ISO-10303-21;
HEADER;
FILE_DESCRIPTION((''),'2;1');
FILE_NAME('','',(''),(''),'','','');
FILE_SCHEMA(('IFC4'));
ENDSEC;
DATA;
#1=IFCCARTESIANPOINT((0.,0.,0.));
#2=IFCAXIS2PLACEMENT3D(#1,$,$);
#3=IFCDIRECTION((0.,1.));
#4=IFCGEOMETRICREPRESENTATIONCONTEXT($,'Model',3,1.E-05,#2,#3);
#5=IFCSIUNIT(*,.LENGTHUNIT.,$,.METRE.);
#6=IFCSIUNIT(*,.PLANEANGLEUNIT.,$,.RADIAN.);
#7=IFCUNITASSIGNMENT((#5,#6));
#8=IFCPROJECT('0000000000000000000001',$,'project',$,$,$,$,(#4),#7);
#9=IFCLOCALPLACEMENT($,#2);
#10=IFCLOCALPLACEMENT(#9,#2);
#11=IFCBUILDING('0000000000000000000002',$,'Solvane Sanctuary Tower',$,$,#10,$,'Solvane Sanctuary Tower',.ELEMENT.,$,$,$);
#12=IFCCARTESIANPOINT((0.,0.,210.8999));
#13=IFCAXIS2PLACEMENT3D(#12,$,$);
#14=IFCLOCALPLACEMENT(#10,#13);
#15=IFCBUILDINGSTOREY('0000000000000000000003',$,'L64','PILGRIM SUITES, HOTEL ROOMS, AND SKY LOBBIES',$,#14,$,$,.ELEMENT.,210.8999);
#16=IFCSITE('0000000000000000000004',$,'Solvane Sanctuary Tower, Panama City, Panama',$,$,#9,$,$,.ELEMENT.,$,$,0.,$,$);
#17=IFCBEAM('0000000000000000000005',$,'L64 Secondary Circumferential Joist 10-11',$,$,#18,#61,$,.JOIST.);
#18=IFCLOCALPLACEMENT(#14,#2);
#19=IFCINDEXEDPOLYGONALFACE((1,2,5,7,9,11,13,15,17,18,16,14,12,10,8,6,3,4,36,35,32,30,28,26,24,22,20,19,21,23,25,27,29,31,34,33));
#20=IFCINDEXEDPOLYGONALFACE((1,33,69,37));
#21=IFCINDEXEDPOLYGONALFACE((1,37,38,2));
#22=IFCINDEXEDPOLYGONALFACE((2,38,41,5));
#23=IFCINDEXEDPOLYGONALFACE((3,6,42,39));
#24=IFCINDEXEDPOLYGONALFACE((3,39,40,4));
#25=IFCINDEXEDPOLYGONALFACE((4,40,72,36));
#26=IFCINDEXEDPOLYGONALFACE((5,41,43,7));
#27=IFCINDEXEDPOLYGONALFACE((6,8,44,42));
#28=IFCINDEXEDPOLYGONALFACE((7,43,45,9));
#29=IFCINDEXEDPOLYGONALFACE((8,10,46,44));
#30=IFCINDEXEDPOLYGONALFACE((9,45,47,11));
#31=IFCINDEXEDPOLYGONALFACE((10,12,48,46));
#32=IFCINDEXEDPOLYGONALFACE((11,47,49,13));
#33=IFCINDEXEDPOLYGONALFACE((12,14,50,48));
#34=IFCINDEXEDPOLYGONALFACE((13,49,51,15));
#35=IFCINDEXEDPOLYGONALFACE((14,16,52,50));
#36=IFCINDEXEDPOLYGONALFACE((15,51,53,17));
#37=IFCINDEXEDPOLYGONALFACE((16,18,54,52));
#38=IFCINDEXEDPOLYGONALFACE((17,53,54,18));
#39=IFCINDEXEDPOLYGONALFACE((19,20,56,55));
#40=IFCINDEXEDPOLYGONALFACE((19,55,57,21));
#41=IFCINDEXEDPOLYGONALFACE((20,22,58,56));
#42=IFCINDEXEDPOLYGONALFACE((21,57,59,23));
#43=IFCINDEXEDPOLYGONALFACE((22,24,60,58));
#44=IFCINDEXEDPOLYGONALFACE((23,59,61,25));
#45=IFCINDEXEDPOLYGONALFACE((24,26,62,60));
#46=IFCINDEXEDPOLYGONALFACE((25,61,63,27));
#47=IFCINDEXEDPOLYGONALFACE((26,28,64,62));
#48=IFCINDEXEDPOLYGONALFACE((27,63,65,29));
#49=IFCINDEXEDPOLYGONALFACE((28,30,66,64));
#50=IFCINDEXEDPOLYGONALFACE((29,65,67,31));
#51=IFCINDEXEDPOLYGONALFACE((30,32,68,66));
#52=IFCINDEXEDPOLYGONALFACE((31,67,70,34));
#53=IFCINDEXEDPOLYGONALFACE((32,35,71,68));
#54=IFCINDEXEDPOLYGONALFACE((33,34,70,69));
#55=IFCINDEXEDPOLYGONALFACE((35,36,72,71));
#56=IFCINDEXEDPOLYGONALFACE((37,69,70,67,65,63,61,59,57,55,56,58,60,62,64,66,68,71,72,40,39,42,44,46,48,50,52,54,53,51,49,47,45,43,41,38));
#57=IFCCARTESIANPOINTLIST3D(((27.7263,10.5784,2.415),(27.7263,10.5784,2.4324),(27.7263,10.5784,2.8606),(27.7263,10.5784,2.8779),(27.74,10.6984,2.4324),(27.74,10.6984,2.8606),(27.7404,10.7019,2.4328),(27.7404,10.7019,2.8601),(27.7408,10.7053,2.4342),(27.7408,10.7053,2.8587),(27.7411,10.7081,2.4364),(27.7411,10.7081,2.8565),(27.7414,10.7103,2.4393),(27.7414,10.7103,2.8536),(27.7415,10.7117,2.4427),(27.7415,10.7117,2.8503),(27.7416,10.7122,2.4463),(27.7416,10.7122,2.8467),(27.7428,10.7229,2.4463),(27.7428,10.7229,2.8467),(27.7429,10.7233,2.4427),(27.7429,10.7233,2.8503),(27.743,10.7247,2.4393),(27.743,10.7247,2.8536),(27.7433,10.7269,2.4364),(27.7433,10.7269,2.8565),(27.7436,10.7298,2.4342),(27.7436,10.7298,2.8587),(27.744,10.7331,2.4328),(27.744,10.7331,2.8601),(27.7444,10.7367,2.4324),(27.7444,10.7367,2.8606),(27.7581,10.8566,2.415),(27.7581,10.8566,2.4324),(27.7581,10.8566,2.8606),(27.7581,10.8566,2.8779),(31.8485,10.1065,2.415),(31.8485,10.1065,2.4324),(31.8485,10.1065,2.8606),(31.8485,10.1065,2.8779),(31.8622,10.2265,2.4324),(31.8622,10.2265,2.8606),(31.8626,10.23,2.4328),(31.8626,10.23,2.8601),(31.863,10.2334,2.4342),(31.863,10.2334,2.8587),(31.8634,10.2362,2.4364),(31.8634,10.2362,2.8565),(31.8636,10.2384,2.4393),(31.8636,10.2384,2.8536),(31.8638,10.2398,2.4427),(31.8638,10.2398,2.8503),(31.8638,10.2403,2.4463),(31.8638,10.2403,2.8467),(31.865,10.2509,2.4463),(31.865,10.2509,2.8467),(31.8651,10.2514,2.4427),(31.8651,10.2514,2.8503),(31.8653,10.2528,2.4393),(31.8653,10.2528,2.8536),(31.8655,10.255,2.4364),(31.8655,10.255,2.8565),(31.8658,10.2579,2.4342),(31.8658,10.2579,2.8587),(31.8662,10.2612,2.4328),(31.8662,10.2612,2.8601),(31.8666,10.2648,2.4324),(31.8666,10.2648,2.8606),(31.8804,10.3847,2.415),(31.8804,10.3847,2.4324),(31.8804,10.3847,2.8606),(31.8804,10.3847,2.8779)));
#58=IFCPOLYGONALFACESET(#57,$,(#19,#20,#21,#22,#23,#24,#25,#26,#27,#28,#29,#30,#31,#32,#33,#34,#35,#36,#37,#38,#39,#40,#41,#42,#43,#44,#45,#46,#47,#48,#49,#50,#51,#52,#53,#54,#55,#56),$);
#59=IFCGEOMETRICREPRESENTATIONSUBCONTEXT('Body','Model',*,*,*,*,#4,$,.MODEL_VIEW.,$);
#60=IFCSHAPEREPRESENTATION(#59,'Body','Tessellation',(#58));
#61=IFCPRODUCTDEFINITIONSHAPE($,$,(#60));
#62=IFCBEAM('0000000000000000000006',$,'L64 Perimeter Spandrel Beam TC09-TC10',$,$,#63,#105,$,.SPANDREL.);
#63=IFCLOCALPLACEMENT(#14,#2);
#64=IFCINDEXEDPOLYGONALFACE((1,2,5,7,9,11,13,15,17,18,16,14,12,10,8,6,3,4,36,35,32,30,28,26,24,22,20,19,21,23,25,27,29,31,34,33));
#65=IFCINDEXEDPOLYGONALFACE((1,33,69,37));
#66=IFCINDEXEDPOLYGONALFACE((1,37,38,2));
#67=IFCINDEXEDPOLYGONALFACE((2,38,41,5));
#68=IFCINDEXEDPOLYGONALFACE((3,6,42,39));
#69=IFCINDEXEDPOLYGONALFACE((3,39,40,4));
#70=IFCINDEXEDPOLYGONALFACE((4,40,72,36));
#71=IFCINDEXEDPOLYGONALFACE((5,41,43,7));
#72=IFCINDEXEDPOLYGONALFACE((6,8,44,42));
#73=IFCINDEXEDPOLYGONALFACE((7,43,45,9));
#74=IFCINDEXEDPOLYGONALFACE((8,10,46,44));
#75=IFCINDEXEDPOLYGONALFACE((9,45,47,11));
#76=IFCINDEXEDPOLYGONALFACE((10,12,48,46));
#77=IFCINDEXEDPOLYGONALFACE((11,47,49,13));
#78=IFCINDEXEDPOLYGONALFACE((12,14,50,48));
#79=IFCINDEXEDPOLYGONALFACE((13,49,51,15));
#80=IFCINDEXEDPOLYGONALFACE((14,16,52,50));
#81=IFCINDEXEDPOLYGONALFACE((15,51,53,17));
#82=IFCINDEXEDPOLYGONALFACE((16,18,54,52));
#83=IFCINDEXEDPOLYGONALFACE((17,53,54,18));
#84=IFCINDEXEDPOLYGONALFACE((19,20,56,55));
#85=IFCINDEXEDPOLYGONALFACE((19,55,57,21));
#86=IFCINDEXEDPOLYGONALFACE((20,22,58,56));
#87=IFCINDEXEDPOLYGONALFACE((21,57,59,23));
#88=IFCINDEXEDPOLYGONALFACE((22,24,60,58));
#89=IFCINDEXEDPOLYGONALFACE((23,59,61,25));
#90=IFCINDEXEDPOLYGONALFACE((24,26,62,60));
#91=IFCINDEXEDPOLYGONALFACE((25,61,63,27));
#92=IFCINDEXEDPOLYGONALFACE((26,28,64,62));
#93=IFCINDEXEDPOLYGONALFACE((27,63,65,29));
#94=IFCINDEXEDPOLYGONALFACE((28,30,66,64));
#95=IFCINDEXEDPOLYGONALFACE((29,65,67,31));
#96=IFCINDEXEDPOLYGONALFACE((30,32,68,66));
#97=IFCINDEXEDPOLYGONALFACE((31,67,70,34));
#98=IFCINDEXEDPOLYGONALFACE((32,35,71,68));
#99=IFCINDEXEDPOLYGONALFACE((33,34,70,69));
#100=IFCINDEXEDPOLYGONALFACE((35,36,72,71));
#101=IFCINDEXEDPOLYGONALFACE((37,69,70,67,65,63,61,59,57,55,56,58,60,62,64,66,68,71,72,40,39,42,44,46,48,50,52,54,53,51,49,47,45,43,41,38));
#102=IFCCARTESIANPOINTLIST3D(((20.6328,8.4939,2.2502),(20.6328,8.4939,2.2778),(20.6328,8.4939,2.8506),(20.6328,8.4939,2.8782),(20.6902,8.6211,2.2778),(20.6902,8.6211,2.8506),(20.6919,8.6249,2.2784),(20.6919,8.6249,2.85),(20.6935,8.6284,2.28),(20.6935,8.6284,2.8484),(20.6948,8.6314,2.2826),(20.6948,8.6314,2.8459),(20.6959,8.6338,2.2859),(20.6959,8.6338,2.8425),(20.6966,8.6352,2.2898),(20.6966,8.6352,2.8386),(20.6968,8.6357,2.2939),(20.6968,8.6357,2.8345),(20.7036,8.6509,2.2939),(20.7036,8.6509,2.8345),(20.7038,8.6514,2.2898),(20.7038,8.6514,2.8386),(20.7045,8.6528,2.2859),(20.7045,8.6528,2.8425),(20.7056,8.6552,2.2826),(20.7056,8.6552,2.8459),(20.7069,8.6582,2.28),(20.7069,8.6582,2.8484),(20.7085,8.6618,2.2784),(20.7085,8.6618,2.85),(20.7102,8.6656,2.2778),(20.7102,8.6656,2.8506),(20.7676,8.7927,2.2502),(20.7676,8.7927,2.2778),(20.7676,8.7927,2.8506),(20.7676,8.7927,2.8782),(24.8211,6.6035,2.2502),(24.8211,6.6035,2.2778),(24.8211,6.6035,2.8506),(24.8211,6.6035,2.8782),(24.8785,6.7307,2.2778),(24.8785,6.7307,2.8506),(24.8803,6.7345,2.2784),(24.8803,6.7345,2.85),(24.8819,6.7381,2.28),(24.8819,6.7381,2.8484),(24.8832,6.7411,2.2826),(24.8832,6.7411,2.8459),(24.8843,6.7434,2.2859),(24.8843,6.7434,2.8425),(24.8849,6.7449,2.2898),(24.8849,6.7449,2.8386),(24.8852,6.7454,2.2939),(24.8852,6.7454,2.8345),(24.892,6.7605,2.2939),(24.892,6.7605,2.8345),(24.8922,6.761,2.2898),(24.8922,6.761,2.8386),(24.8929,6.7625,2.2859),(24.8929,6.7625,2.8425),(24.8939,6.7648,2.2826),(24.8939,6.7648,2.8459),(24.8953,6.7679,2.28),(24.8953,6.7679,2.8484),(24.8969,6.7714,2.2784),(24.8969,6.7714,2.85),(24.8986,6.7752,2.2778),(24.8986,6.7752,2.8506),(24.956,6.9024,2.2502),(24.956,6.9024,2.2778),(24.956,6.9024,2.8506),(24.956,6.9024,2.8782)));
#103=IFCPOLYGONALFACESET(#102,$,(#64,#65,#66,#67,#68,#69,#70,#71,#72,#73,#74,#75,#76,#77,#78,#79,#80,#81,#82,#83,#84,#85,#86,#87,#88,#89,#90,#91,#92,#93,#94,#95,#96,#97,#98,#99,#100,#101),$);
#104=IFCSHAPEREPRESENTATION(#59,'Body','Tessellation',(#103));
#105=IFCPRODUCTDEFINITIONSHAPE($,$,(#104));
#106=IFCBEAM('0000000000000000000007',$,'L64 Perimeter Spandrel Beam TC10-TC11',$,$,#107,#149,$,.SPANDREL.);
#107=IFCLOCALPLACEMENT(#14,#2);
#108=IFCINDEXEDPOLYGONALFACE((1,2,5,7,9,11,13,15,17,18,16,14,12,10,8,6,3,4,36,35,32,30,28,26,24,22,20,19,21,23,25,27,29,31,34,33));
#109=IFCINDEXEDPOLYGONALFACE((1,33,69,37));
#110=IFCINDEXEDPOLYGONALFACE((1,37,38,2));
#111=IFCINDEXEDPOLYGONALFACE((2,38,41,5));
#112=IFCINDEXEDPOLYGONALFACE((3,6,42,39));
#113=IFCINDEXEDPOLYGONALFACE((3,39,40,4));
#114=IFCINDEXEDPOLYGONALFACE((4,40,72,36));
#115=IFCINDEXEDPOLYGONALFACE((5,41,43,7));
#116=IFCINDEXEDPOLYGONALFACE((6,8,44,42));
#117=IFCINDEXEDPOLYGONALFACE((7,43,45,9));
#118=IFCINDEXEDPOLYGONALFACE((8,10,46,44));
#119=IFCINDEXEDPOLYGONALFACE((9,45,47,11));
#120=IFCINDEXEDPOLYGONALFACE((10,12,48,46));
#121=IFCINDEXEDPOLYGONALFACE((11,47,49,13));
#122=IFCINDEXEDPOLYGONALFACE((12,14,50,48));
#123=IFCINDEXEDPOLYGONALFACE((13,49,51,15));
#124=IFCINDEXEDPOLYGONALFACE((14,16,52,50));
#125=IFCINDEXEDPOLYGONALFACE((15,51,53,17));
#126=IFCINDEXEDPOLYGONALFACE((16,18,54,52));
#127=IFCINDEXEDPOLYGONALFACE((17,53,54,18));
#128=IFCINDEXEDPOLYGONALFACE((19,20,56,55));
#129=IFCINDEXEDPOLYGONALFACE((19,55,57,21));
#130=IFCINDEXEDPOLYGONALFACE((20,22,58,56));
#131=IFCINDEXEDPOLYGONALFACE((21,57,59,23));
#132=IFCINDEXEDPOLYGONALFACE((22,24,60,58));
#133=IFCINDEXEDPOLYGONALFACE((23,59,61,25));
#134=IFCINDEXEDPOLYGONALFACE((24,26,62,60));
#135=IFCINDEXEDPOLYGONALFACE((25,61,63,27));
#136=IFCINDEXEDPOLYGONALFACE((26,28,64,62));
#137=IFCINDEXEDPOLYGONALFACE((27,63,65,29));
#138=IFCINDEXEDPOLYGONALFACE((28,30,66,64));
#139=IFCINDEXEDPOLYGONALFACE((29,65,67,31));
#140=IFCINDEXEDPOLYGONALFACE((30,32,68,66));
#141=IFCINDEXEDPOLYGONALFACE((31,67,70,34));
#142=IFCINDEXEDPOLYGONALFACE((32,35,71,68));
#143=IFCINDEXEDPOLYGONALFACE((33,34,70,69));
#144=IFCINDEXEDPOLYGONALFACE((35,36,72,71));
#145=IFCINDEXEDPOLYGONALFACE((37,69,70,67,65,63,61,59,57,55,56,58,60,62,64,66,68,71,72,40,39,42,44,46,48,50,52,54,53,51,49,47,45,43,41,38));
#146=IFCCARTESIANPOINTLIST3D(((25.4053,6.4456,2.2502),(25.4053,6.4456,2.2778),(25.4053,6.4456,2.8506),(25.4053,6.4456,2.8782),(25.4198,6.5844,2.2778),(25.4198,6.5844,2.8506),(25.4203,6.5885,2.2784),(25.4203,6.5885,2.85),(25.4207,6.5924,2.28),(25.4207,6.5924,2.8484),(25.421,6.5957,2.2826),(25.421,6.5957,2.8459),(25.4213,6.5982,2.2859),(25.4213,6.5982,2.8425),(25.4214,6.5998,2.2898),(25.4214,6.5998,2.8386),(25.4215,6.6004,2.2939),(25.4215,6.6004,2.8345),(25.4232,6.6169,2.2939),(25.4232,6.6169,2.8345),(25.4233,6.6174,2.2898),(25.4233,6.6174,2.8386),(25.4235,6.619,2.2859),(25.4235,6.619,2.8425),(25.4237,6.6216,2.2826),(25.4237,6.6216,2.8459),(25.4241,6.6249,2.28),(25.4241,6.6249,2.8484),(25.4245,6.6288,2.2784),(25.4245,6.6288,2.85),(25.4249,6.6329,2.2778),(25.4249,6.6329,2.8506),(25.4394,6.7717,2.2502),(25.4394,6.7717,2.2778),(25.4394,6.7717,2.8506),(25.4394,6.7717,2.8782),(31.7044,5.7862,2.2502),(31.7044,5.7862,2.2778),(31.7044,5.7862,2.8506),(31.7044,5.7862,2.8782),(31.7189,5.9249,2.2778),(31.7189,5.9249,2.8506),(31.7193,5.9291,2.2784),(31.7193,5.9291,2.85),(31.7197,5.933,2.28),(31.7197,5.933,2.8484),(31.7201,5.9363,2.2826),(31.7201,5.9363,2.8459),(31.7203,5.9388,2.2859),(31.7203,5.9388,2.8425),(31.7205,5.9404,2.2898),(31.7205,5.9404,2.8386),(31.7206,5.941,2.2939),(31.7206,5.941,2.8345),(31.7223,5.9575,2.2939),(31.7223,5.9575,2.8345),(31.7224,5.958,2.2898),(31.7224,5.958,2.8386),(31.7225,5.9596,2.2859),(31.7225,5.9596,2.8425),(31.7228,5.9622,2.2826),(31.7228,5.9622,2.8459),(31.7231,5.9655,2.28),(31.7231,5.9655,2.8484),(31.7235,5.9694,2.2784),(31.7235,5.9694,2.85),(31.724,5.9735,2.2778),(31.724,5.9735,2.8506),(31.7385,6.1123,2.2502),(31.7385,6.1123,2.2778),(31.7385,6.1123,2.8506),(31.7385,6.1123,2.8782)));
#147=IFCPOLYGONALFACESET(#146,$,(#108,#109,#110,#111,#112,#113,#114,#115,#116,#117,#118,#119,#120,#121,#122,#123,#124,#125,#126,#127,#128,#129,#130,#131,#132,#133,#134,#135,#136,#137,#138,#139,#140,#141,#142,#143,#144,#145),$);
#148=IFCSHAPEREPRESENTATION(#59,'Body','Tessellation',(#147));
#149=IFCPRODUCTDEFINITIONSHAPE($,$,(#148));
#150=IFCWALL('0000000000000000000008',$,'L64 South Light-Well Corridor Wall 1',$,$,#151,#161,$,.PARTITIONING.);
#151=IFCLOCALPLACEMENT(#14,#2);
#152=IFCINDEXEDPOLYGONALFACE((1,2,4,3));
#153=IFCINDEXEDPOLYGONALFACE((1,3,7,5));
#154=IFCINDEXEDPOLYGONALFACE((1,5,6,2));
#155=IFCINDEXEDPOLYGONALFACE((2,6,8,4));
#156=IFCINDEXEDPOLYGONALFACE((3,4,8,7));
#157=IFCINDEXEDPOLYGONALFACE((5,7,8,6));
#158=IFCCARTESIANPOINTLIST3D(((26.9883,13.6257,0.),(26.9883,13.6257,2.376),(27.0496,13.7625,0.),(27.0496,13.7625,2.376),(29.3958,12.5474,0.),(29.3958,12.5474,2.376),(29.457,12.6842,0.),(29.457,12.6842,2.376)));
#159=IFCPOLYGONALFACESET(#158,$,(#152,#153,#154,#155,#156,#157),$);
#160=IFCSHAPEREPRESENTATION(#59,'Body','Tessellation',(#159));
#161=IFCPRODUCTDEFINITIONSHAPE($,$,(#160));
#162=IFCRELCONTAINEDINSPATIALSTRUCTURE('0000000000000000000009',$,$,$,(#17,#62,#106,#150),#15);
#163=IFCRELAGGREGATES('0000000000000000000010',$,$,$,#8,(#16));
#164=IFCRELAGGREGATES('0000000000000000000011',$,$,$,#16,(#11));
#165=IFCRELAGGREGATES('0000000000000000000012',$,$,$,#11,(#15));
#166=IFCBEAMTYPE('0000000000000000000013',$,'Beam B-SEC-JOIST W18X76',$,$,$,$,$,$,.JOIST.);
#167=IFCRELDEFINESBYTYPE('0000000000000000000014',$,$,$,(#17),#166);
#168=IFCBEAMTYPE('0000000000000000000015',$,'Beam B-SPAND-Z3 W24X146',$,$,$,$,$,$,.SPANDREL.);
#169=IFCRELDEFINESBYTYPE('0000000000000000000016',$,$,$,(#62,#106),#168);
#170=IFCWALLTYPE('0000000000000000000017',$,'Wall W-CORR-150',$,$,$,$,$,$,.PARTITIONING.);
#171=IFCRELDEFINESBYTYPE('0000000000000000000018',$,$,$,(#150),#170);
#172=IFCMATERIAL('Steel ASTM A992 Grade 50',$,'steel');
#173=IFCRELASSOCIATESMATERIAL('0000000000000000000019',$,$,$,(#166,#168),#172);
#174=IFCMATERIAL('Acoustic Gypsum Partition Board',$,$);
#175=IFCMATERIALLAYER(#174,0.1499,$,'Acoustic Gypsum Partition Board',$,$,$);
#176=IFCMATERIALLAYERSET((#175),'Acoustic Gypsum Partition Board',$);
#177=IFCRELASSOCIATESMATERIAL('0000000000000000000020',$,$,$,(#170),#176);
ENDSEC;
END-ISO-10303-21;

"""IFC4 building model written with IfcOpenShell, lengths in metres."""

from ifc_helpers import new_model, si_unit, direction, frame, frame_2d, origin, origin_2d, place, context, subcontext, project, spatial, rectangle, i_section, extrude, material, layer, layer_set, material_profile, profile_set, type_object, element, save


model = new_model("IFC4")

# Units and contexts
model_context = context("Model", 3, precision=1e-05, world=origin(), true_north=direction((0.0, 1.0)))
body_context = subcontext(model_context, "Body", "Model", "MODEL_VIEW")
ifc_project = project(units=[si_unit("LENGTHUNIT", "METRE"), si_unit("PLANEANGLEUNIT", "RADIAN")], contexts=[model_context])

# Site, building, storey
site_placement = place(None, origin())
site = spatial("IfcSite", under=ifc_project, at=site_placement, Name="Solvane Sanctuary Tower, Panama City, Panama", CompositionType="ELEMENT", RefElevation=0.0)
building_placement = place(site_placement, origin())
building = spatial("IfcBuilding", under=site, at=building_placement, Name="Solvane Sanctuary Tower", LongName="Solvane Sanctuary Tower", CompositionType="ELEMENT")
storey_placement = place(building_placement, frame((0.0, 0.0, 210.8999)))
storey = spatial("IfcBuildingStorey", under=building, at=storey_placement, Name="L64", Description="PILGRIM SUITES, HOTEL ROOMS, AND SKY LOBBIES", CompositionType="ELEMENT", Elevation=210.8999)

# Beams
ifc_material_1 = material(Name="Steel ASTM A992 Grade 50", Category="steel")
ifc_material_profile_1 = material_profile(ifc_material_1, i_section(OverallWidth=0.28, OverallDepth=0.4629, WebThickness=0.0107, FlangeThickness=0.0173, FilletRadius=0.0139, at=origin_2d()), Name="W18X76")
ifc_profile_set_1 = profile_set([ifc_material_profile_1], Name="Steel ASTM A992 Grade 50")
beam_type_1 = type_object("IfcBeamType", Name="Beam B-SEC-JOIST W18X76", PredefinedType="JOIST", material=ifc_profile_set_1)
beam_1_placement = place(storey_placement, frame((27.7422, 10.7175, 2.6465), z_axis=(0.993511, -0.113737, 0.0), x_axis=(0.113737, 0.993511, 0.0)))
element("IfcBeam", 1, at=beam_1_placement, inside=storey, type_object=beam_type_1, Name="L64 Secondary Circumferential Joist 10-11", PredefinedType="JOIST", context=body_context, shape_type="SweptSolid", body=[
    extrude(i_section(OverallWidth=0.28, OverallDepth=0.4629, WebThickness=0.0107, FlangeThickness=0.0173, FilletRadius=0.0139, at=origin_2d()), origin(), (0.0, 0.0, 1.0), 4.1492),
])
ifc_material_profile_2 = material_profile(ifc_material_1, i_section(OverallWidth=0.3279, OverallDepth=0.6279, WebThickness=0.0166, FlangeThickness=0.0276, FilletRadius=0.0161, at=origin_2d()), Name="W24X146")
ifc_profile_set_2 = profile_set([ifc_material_profile_2], Name="Steel ASTM A992 Grade 50")
beam_type_2 = type_object("IfcBeamType", Name="Beam B-SPAND-Z3 W24X146", PredefinedType="SPANDREL", material=ifc_profile_set_2)
beam_2_placement = place(storey_placement, frame((20.7002, 8.6433, 2.5642), z_axis=(0.911468, -0.411372, 0.0), x_axis=(0.411372, 0.911468, 0.0)))
element("IfcBeam", 2, at=beam_2_placement, inside=storey, type_object=beam_type_2, Name="L64 Perimeter Spandrel Beam TC09-TC10", PredefinedType="SPANDREL", context=body_context, shape_type="SweptSolid", body=[
    extrude(i_section(OverallWidth=0.3279, OverallDepth=0.6279, WebThickness=0.0166, FlangeThickness=0.0276, FilletRadius=0.0161, at=origin_2d()), origin(), (0.0, 0.0, 1.0), 4.5952),
])
beam_3_placement = place(storey_placement, frame((25.4224, 6.6086, 2.5642), z_axis=(0.994565, -0.104117, 0.0), x_axis=(0.104117, 0.994565, 0.0)))
element("IfcBeam", 3, at=beam_3_placement, inside=storey, type_object=beam_type_2, Name="L64 Perimeter Spandrel Beam TC10-TC11", PredefinedType="SPANDREL", context=body_context, shape_type="SweptSolid", body=[
    extrude(i_section(OverallWidth=0.3279, OverallDepth=0.6279, WebThickness=0.0166, FlangeThickness=0.0276, FilletRadius=0.0161, at=origin_2d()), origin(), (0.0, 0.0, 1.0), 6.3335),
])

# Wall
ifc_material_2 = material(Name="Acoustic Gypsum Partition Board")
ifc_layer_1 = layer(ifc_material_2, 0.1499, Name="Acoustic Gypsum Partition Board")
ifc_layer_set_1 = layer_set([ifc_layer_1], Name="Acoustic Gypsum Partition Board")
wall_type_1 = type_object("IfcWallType", Name="Wall W-CORR-150", PredefinedType="PARTITIONING", material=ifc_layer_set_1)
wall_1_placement = place(storey_placement, frame((27.019, 13.6941, 0.0), z_axis=(0.0, 0.0, 1.0), x_axis=(0.912628, -0.40879, 0.0)))
element("IfcWall", 4, at=wall_1_placement, inside=storey, type_object=wall_type_1, Name="L64 South Light-Well Corridor Wall 1", PredefinedType="PARTITIONING", context=body_context, shape_type="SweptSolid", body=[
    extrude(rectangle(XDim=2.6379, YDim=0.1499, at=frame_2d((1.3188, 0.0))), origin(), (0.0, 0.0, 1.0), 2.376),
])

save(model, "model.ifc")
